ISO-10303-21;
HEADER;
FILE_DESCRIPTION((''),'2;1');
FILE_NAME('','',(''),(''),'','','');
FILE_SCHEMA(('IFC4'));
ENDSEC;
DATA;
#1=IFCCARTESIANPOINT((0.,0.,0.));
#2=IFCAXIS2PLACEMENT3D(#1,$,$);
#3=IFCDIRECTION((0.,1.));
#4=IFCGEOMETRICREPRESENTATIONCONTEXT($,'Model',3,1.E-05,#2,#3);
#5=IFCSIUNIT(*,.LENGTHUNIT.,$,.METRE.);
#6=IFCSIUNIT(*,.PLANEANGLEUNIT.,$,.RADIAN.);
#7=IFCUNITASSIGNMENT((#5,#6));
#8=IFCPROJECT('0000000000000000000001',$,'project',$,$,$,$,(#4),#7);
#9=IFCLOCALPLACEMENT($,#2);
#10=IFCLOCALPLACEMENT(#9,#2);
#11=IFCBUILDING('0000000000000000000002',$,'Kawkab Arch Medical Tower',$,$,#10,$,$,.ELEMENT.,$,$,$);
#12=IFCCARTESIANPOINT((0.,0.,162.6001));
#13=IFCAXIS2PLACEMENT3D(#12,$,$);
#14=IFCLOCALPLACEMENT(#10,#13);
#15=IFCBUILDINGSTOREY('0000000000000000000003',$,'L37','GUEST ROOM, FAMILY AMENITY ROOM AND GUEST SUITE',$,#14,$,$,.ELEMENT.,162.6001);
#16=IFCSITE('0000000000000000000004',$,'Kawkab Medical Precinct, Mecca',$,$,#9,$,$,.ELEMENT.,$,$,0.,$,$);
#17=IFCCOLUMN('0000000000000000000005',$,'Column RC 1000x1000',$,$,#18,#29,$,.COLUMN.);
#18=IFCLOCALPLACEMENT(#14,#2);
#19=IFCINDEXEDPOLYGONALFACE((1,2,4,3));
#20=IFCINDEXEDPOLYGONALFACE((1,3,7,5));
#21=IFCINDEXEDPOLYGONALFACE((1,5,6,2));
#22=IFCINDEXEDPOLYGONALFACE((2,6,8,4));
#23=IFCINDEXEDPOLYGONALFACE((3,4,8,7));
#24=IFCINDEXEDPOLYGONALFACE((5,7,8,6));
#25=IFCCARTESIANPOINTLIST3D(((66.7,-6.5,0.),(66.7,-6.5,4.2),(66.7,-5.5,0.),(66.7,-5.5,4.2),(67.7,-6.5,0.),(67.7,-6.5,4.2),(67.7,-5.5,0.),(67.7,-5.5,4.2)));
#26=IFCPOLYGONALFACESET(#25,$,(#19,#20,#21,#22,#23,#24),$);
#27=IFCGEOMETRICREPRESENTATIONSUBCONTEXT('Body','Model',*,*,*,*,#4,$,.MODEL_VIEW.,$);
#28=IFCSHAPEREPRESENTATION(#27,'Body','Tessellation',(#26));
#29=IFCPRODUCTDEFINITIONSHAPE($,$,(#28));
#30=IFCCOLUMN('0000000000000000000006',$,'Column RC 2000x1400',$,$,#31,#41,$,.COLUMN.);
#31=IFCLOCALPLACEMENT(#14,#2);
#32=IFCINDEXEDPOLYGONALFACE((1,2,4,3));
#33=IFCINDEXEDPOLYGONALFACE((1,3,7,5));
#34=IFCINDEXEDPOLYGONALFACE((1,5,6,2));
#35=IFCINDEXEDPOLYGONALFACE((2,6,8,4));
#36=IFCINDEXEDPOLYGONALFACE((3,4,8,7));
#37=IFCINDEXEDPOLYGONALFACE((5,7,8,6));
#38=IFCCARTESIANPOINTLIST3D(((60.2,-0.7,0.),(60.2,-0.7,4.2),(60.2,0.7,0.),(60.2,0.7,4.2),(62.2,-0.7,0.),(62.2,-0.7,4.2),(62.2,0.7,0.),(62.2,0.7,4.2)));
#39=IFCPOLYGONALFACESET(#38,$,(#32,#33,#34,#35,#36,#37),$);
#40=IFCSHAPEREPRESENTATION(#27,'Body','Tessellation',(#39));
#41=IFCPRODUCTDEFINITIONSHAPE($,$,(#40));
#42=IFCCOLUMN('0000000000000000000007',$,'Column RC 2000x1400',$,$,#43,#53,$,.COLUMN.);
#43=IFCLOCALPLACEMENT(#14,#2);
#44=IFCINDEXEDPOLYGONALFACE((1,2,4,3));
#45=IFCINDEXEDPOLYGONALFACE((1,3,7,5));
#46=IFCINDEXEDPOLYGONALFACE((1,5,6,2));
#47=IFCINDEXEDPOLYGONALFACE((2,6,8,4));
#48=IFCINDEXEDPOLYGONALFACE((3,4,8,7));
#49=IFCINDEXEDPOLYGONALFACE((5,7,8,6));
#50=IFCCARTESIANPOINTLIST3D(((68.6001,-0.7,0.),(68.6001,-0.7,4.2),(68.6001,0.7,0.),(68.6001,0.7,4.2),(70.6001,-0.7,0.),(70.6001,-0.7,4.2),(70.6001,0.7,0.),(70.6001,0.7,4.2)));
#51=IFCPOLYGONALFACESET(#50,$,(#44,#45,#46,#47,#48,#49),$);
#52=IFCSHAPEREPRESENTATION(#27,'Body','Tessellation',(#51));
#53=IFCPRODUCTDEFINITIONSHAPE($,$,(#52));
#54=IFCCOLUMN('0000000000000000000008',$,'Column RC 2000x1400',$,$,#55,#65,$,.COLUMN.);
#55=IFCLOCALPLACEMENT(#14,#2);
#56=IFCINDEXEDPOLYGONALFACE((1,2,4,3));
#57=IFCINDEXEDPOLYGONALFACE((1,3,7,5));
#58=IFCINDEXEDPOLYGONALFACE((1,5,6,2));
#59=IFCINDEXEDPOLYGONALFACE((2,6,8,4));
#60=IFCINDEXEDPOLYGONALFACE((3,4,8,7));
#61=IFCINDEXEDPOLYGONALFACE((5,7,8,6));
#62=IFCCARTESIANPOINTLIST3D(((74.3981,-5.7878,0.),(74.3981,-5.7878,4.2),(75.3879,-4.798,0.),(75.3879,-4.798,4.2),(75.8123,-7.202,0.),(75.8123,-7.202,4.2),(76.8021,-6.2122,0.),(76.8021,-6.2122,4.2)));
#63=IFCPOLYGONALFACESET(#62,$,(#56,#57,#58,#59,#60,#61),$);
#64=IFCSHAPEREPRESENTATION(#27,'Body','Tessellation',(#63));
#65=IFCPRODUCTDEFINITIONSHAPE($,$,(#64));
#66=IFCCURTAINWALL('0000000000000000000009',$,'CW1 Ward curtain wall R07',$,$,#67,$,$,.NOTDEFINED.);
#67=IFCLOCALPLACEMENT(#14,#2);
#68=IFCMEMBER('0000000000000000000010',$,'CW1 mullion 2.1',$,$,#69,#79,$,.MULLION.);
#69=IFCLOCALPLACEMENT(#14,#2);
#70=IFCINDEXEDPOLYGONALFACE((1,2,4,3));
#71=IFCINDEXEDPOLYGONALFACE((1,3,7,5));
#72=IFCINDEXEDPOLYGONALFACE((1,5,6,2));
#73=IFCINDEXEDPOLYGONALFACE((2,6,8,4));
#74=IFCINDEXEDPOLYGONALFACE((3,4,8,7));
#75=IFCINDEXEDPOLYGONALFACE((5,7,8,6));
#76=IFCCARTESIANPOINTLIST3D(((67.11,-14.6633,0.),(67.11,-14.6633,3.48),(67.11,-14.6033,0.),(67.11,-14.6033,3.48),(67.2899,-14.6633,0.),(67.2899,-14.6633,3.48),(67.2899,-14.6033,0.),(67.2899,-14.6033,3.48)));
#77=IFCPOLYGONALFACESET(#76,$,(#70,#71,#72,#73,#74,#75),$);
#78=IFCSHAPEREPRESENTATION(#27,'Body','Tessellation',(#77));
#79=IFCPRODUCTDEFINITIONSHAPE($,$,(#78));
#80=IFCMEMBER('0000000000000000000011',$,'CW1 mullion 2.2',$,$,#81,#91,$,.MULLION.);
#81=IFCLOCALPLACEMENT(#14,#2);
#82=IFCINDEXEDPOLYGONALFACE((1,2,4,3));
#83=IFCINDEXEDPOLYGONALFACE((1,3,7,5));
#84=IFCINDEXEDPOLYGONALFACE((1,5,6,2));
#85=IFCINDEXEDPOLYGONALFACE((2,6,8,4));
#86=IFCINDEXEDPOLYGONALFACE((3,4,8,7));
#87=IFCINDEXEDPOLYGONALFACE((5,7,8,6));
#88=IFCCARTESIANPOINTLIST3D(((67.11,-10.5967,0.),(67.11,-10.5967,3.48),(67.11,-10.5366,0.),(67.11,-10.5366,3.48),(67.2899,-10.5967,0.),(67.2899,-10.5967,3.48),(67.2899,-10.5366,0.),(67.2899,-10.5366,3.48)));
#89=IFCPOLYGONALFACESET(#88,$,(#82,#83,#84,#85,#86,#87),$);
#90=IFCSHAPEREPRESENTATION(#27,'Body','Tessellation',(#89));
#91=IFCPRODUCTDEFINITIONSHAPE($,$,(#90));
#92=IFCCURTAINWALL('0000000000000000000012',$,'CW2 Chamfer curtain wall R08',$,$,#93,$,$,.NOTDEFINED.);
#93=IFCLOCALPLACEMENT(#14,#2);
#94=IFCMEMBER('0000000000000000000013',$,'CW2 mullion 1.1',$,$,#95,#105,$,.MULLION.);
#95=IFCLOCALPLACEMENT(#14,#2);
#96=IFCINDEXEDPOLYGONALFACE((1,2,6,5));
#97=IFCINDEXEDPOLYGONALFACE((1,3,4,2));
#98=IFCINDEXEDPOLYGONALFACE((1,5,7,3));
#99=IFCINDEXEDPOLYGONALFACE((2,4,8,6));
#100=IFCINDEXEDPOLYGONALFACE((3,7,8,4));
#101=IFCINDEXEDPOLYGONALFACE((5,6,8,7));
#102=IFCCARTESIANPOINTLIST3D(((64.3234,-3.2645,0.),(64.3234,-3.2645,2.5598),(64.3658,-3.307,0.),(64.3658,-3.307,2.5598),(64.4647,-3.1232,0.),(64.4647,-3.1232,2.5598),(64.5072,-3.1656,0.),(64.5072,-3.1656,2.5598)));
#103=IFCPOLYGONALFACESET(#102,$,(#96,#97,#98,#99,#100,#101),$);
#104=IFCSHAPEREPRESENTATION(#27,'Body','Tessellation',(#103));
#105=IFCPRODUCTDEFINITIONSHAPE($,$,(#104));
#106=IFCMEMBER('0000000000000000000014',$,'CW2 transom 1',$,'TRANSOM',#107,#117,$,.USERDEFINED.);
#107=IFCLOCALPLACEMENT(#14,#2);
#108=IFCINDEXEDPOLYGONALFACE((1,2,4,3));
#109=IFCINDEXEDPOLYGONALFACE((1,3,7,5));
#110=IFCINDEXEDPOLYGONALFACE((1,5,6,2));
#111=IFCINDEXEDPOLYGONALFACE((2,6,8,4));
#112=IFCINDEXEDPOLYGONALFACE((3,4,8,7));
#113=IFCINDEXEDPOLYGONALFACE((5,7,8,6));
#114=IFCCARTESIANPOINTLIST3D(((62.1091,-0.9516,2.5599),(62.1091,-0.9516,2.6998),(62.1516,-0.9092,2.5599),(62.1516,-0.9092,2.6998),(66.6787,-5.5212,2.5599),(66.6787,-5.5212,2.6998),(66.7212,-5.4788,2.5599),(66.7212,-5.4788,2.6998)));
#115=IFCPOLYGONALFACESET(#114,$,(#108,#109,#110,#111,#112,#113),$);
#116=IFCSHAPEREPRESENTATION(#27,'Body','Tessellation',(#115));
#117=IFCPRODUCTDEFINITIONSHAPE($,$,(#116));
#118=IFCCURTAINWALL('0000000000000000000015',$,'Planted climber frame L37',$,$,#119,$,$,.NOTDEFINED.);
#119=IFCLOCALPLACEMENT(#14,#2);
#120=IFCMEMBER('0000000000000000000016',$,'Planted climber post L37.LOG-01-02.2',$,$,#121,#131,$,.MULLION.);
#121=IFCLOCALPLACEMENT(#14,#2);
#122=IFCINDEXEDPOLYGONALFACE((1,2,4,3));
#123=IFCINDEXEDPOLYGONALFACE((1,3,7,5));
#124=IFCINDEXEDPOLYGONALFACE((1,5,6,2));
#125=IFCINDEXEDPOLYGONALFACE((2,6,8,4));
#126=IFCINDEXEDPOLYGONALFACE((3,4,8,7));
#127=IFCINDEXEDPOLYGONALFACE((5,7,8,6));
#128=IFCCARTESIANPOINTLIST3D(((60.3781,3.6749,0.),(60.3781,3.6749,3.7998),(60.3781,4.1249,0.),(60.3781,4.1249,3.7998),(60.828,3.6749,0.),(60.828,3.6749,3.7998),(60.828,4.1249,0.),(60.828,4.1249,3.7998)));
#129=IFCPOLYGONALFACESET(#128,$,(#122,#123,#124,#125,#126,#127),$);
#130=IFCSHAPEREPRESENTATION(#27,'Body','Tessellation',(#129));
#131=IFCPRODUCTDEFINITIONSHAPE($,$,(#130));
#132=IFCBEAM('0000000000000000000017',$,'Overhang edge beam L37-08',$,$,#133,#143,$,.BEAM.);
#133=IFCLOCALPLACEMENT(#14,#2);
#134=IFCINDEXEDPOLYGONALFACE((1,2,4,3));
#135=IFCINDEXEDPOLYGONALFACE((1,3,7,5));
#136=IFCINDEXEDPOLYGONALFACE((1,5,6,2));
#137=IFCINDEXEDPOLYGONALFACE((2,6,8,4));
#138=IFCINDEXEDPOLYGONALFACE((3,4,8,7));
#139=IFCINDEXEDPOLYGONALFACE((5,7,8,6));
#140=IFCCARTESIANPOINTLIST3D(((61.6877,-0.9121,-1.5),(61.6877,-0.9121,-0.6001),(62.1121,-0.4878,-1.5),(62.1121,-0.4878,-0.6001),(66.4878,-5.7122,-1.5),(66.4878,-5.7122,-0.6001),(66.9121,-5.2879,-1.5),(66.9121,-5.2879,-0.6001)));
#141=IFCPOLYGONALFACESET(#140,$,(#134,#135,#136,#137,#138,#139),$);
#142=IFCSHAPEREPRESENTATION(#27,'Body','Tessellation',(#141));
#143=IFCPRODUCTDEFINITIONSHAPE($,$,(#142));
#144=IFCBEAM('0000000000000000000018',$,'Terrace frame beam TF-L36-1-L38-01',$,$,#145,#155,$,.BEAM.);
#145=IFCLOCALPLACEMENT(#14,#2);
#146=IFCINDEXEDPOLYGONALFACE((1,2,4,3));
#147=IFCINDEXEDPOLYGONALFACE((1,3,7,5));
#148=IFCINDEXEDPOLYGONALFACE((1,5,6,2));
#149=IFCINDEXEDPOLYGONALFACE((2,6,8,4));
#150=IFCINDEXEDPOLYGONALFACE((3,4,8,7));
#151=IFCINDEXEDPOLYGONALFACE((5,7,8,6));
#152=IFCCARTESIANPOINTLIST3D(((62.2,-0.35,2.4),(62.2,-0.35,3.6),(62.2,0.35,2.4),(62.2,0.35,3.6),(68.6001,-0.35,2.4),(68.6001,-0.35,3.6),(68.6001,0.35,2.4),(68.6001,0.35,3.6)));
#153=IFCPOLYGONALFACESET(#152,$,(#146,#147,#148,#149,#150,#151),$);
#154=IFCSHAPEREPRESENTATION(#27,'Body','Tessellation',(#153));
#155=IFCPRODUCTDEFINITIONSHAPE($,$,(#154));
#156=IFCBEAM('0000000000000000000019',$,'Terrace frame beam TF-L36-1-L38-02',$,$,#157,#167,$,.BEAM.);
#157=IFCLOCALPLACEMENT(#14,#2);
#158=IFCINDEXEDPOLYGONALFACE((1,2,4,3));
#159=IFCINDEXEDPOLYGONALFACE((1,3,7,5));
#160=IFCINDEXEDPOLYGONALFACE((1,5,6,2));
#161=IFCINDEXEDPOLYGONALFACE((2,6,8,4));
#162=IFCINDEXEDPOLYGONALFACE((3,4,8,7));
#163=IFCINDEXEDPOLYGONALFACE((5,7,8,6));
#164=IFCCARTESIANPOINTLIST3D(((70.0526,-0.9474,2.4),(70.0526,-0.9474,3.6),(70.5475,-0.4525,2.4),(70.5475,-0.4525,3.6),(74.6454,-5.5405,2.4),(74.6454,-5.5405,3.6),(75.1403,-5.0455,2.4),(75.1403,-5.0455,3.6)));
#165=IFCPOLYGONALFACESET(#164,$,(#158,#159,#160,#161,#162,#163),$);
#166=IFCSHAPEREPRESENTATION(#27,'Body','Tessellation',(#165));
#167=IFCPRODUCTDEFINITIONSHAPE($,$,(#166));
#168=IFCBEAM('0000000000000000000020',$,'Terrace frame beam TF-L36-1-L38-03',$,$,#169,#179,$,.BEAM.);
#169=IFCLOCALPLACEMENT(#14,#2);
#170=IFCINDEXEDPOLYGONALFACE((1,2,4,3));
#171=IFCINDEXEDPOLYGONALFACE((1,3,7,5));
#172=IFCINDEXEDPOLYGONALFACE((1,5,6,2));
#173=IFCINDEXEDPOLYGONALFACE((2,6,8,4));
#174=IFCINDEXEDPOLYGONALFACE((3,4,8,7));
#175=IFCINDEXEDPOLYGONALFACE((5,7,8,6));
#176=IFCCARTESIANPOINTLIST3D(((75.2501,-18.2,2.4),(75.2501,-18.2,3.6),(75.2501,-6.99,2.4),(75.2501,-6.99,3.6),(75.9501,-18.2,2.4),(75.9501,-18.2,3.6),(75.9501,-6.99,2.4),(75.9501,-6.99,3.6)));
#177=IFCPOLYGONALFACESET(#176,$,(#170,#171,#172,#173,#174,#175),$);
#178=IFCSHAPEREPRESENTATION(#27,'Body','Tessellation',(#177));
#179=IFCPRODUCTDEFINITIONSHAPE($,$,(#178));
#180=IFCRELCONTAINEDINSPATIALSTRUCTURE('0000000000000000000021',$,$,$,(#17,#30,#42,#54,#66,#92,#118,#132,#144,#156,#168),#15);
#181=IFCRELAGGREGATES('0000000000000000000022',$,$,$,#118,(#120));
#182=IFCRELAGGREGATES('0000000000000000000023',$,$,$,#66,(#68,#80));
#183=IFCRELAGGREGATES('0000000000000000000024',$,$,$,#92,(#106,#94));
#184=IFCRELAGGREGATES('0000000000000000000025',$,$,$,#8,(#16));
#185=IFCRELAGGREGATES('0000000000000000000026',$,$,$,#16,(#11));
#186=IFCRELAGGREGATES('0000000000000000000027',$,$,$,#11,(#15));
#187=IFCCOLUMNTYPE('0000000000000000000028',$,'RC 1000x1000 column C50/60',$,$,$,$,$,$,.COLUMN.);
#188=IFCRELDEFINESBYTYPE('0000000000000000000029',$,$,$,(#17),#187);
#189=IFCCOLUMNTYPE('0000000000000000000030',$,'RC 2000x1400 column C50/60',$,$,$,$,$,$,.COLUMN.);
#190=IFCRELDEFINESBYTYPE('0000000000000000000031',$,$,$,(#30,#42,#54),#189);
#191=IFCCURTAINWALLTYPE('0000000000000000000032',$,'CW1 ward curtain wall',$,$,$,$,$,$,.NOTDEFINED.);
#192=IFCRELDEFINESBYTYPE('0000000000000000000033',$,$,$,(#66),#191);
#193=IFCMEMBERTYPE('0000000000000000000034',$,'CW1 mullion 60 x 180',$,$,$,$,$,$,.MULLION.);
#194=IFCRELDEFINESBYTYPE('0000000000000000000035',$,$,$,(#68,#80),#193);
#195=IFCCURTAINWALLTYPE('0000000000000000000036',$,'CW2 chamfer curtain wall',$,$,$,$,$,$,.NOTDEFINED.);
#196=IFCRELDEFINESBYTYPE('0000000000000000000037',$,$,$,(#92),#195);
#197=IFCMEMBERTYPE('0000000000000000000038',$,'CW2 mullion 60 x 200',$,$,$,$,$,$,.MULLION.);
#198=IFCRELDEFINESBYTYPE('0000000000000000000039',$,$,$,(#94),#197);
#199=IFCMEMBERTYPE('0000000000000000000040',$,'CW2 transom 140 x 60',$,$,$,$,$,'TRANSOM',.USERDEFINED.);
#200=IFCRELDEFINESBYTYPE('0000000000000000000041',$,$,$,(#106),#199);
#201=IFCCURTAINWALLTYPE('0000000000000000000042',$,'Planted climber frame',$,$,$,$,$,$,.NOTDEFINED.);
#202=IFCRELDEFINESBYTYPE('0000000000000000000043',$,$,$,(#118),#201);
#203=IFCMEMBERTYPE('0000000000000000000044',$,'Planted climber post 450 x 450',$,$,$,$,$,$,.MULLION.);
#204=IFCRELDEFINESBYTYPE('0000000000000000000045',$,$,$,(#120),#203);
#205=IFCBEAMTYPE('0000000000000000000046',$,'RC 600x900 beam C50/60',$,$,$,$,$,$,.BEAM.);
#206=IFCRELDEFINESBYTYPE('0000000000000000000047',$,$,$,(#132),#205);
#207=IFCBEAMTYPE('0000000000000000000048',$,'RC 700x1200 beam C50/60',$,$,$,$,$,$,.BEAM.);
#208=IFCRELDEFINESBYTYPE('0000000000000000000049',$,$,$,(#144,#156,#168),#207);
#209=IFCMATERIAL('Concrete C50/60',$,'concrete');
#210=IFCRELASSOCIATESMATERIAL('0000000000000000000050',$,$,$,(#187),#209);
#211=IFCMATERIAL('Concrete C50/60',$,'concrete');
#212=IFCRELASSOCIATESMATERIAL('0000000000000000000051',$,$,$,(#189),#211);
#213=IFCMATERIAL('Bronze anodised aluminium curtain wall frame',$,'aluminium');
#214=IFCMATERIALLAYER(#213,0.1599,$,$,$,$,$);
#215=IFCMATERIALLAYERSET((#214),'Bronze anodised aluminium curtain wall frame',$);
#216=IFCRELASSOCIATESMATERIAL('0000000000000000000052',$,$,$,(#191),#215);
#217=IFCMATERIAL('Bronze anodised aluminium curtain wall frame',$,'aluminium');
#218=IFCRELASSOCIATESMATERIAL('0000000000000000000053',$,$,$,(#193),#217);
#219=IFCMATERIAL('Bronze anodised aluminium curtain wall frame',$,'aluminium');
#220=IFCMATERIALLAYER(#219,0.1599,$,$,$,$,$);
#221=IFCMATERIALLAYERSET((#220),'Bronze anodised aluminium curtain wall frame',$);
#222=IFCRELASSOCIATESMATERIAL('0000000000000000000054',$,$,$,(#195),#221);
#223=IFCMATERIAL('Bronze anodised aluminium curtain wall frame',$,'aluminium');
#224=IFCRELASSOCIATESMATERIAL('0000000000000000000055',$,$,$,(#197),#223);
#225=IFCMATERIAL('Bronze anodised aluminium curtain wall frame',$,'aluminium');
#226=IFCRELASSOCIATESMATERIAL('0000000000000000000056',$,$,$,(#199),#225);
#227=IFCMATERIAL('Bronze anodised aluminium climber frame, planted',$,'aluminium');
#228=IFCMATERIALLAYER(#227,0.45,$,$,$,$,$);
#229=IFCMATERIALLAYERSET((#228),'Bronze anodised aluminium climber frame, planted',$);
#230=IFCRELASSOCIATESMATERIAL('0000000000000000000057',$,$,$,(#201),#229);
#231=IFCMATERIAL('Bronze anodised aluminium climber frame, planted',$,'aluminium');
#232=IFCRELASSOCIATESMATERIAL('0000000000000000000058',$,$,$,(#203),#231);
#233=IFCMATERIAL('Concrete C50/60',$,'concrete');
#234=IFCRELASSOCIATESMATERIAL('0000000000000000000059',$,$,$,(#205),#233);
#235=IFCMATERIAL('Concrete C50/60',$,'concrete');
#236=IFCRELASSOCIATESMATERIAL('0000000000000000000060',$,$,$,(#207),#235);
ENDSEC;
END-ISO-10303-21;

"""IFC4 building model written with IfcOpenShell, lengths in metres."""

from ifc_helpers import new_model, si_unit, direction, frame, origin, origin_2d, place, context, subcontext, project, spatial, rectangle, extrude, material, layer, layer_set, material_profile, profile_set, type_object, element, aggregate, save


model = new_model("IFC4")

# Units and contexts
model_context = context("Model", 3, precision=1e-05, world=origin(), true_north=direction((0.0, 1.0)))
body_context = subcontext(model_context, "Body", "Model", "MODEL_VIEW")
ifc_project = project(units=[si_unit("LENGTHUNIT", "METRE"), si_unit("PLANEANGLEUNIT", "RADIAN")], contexts=[model_context])

# Site, building, storey
site_placement = place(None, origin())
site = spatial("IfcSite", under=ifc_project, at=site_placement, Name="Kawkab Medical Precinct, Mecca", CompositionType="ELEMENT", RefElevation=0.0)
building_placement = place(site_placement, origin())
building = spatial("IfcBuilding", under=site, at=building_placement, Name="Kawkab Arch Medical Tower", CompositionType="ELEMENT")
storey_placement = place(building_placement, frame((0.0, 0.0, 162.6001)))
storey = spatial("IfcBuildingStorey", under=building, at=storey_placement, Name="L37", Description="GUEST ROOM, FAMILY AMENITY ROOM AND GUEST SUITE", CompositionType="ELEMENT", Elevation=162.6001)

# Columns
ifc_material_1 = material(Name="Concrete C50/60", Category="concrete")
ifc_material_profile_1 = material_profile(ifc_material_1, rectangle(XDim=1.0, YDim=1.0, at=origin_2d()), Name="RC 1000x1000")
ifc_profile_set_1 = profile_set([ifc_material_profile_1], Name="Concrete C50/60")
column_type_1 = type_object("IfcColumnType", Name="RC 1000x1000 column C50/60", PredefinedType="COLUMN", material=ifc_profile_set_1)
column_placement = place(storey_placement, frame((67.2, -6.0, 0.0), z_axis=(0.0, 0.0, 1.0), x_axis=(1.0, 0.0, 0.0)))
element("IfcColumn", 1, at=column_placement, inside=storey, type_object=column_type_1, Name="Column RC 1000x1000", PredefinedType="COLUMN", context=body_context, shape_type="SweptSolid", body=[
    extrude(rectangle(XDim=1.0, YDim=1.0, at=origin_2d()), origin(), (0.0, 0.0, 1.0), 4.2),
])
ifc_material_2 = material(Name="Concrete C50/60", Category="concrete")
ifc_material_profile_2 = material_profile(ifc_material_2, rectangle(XDim=2.0, YDim=1.3999, at=origin_2d()), Name="RC 2000x1400")
ifc_profile_set_2 = profile_set([ifc_material_profile_2], Name="Concrete C50/60")
column_type_2 = type_object("IfcColumnType", Name="RC 2000x1400 column C50/60", PredefinedType="COLUMN", material=ifc_profile_set_2)
for number, where, z_axis, x_axis, name in (
    (2, (61.2, 0.0, 0.0), (0.0, 0.0, 1.0), (1.0, 0.0, 0.0), "Column RC 2000x1400"),
    (3, (69.6001, 0.0, 0.0), (0.0, 0.0, 1.0), (1.0, 0.0, 0.0), "Column RC 2000x1400"),
    (4, (75.6001, -6.0, 0.0), (0.0, 0.0, 1.0), (0.707107, -0.707107, 0.0), "Column RC 2000x1400"),
):
    element("IfcColumn", number, at=place(storey_placement, frame(where, z_axis=z_axis, x_axis=x_axis)), inside=storey, type_object=column_type_2, Name=name, PredefinedType="COLUMN", context=body_context, shape_type="SweptSolid", body=[
        extrude(rectangle(XDim=2.0, YDim=1.3999, at=origin_2d()), origin(), (0.0, 0.0, 1.0), 4.2),
    ])

# Curtain walls, members
ifc_material_3 = material(Name="Bronze anodised aluminium curtain wall frame", Category="aluminium")
ifc_layer_1 = layer(ifc_material_3, 0.1599)
ifc_layer_set_1 = layer_set([ifc_layer_1], Name="Bronze anodised aluminium curtain wall frame")
curtain_wall_type_1 = type_object("IfcCurtainWallType", Name="CW1 ward curtain wall", PredefinedType="NOTDEFINED", material=ifc_layer_set_1)
placement = place(storey_placement, origin())
curtain_wall_1 = element("IfcCurtainWall", 5, at=placement, inside=storey, type_object=curtain_wall_type_1, Name="CW1 Ward curtain wall R07", PredefinedType="NOTDEFINED")
ifc_material_4 = material(Name="Bronze anodised aluminium curtain wall frame", Category="aluminium")
ifc_material_profile_3 = material_profile(ifc_material_4, rectangle(XDim=0.1799, YDim=0.0601, at=origin_2d()), Name="AL 60x180")
ifc_profile_set_3 = profile_set([ifc_material_profile_3], Name="Bronze anodised aluminium curtain wall frame")
member_type_1 = type_object("IfcMemberType", Name="CW1 mullion 60 x 180", PredefinedType="MULLION", material=ifc_profile_set_3)
member_1_placement = place(storey_placement, frame((67.2, -14.6333, 0.0), z_axis=(0.0, 0.0, 1.0), x_axis=(-1.0, 0.0, 0.0)))
member_1 = element("IfcMember", 6, at=member_1_placement, type_object=member_type_1, Name="CW1 mullion 2.1", PredefinedType="MULLION", context=body_context, shape_type="SweptSolid", body=[
    extrude(rectangle(XDim=0.1799, YDim=0.0601, at=origin_2d()), origin(), (0.0, 0.0, 1.0), 3.48),
])
member_2_placement = place(storey_placement, frame((67.2, -10.5667, 0.0), z_axis=(0.0, 0.0, 1.0), x_axis=(-1.0, 0.0, 0.0)))
member_2 = element("IfcMember", 7, at=member_2_placement, type_object=member_type_1, Name="CW1 mullion 2.2", PredefinedType="MULLION", context=body_context, shape_type="SweptSolid", body=[
    extrude(rectangle(XDim=0.1799, YDim=0.0601, at=origin_2d()), origin(), (0.0, 0.0, 1.0), 3.48),
])
ifc_material_5 = material(Name="Bronze anodised aluminium curtain wall frame", Category="aluminium")
ifc_layer_2 = layer(ifc_material_5, 0.1599)
ifc_layer_set_2 = layer_set([ifc_layer_2], Name="Bronze anodised aluminium curtain wall frame")
curtain_wall_type_2 = type_object("IfcCurtainWallType", Name="CW2 chamfer curtain wall", PredefinedType="NOTDEFINED", material=ifc_layer_set_2)
curtain_wall_2 = element("IfcCurtainWall", 8, at=placement, inside=storey, type_object=curtain_wall_type_2, Name="CW2 Chamfer curtain wall R08", PredefinedType="NOTDEFINED")
ifc_material_6 = material(Name="Bronze anodised aluminium curtain wall frame", Category="aluminium")
ifc_material_profile_4 = material_profile(ifc_material_6, rectangle(XDim=0.2, YDim=0.0601, at=origin_2d()), Name="AL 60x200")
ifc_profile_set_4 = profile_set([ifc_material_profile_4], Name="Bronze anodised aluminium curtain wall frame")
member_type_2 = type_object("IfcMemberType", Name="CW2 mullion 60 x 200", PredefinedType="MULLION", material=ifc_profile_set_4)
member_3_placement = place(storey_placement, frame((64.4153, -3.2151, 0.0), z_axis=(0.0, 0.0, 1.0), x_axis=(-0.707107, -0.707107, 0.0)))
member_3 = element("IfcMember", 9, at=member_3_placement, type_object=member_type_2, Name="CW2 mullion 1.1", PredefinedType="MULLION", context=body_context, shape_type="SweptSolid", body=[
    extrude(rectangle(XDim=0.2, YDim=0.0601, at=origin_2d()), origin(), (0.0, 0.0, 1.0), 2.5598),
])
ifc_material_7 = material(Name="Bronze anodised aluminium curtain wall frame", Category="aluminium")
ifc_material_profile_5 = material_profile(ifc_material_7, rectangle(XDim=0.0601, YDim=0.1399, at=origin_2d()), Name="AL 60x140")
ifc_profile_set_5 = profile_set([ifc_material_profile_5], Name="Bronze anodised aluminium curtain wall frame")
member_type_3 = type_object("IfcMemberType", Name="CW2 transom 140 x 60", ElementType="TRANSOM", PredefinedType="USERDEFINED", material=ifc_profile_set_5)
member_4_placement = place(storey_placement, frame((66.7, -5.5, 2.6299), z_axis=(-0.707107, 0.707107, 0.0), x_axis=(-0.707107, -0.707107, 0.0)))
member_4 = element("IfcMember", 10, at=member_4_placement, type_object=member_type_3, Name="CW2 transom 1", ObjectType="TRANSOM", PredefinedType="USERDEFINED", context=body_context, shape_type="SweptSolid", body=[
    extrude(rectangle(XDim=0.0601, YDim=0.1399, at=origin_2d()), origin(), (0.0, 0.0, 1.0), 6.4624),
])

# Curtain wall, member
ifc_material_8 = material(Name="Bronze anodised aluminium climber frame, planted", Category="aluminium")
ifc_layer_3 = layer(ifc_material_8, 0.45)
ifc_layer_set_3 = layer_set([ifc_layer_3], Name="Bronze anodised aluminium climber frame, planted")
curtain_wall_type_3 = type_object("IfcCurtainWallType", Name="Planted climber frame", PredefinedType="NOTDEFINED", material=ifc_layer_set_3)
curtain_wall_3 = element("IfcCurtainWall", 11, at=placement, inside=storey, type_object=curtain_wall_type_3, Name="Planted climber frame L37", PredefinedType="NOTDEFINED")
ifc_material_9 = material(Name="Bronze anodised aluminium climber frame, planted", Category="aluminium")
ifc_material_profile_6 = material_profile(ifc_material_9, rectangle(XDim=0.45, YDim=0.45, at=origin_2d()), Name="Post 450x450")
ifc_profile_set_6 = profile_set([ifc_material_profile_6], Name="Bronze anodised aluminium climber frame, planted")
member_type_4 = type_object("IfcMemberType", Name="Planted climber post 450 x 450", PredefinedType="MULLION", material=ifc_profile_set_6)
member_5_placement = place(storey_placement, frame((60.603, 3.8999, 0.0), z_axis=(0.0, 0.0, 1.0), x_axis=(1.0, 0.0, 0.0)))
member_5 = element("IfcMember", 12, at=member_5_placement, type_object=member_type_4, Name="Planted climber post L37.LOG-01-02.2", PredefinedType="MULLION", context=body_context, shape_type="SweptSolid", body=[
    extrude(rectangle(XDim=0.45, YDim=0.45, at=origin_2d()), origin(), (0.0, 0.0, 1.0), 3.7998),
])
aggregate(curtain_wall_3, [member_5])

# Beams
ifc_material_10 = material(Name="Concrete C50/60", Category="concrete")
ifc_material_profile_7 = material_profile(ifc_material_10, rectangle(XDim=0.6001, YDim=0.8999, at=origin_2d()), Name="RC 600x900")
ifc_profile_set_7 = profile_set([ifc_material_profile_7], Name="Concrete C50/60")
beam_type_1 = type_object("IfcBeamType", Name="RC 600x900 beam C50/60", PredefinedType="BEAM", material=ifc_profile_set_7)
beam_1_placement = place(storey_placement, frame((61.8999, -0.7, -1.05), z_axis=(0.707107, -0.707107, 0.0), x_axis=(0.707107, 0.707107, 0.0)))
element("IfcBeam", 13, at=beam_1_placement, inside=storey, type_object=beam_type_1, Name="Overhang edge beam L37-08", PredefinedType="BEAM", context=body_context, shape_type="SweptSolid", body=[
    extrude(rectangle(XDim=0.6001, YDim=0.8999, at=origin_2d()), origin(), (0.0, 0.0, 1.0), 6.7883),
])
ifc_material_11 = material(Name="Concrete C50/60", Category="concrete")
ifc_material_profile_8 = material_profile(ifc_material_11, rectangle(XDim=0.7, YDim=1.2, at=origin_2d()), Name="RC 700x1200")
ifc_profile_set_8 = profile_set([ifc_material_profile_8], Name="Concrete C50/60")
beam_type_2 = type_object("IfcBeamType", Name="RC 700x1200 beam C50/60", PredefinedType="BEAM", material=ifc_profile_set_8)
beam_2_placement = place(storey_placement, frame((62.2, 0.0, 3.0), z_axis=(1.0, 0.0, 0.0), x_axis=(0.0, 1.0, 0.0)))
element("IfcBeam", 14, at=beam_2_placement, inside=storey, type_object=beam_type_2, Name="Terrace frame beam TF-L36-1-L38-01", PredefinedType="BEAM", context=body_context, shape_type="SweptSolid", body=[
    extrude(rectangle(XDim=0.7, YDim=1.2, at=origin_2d()), origin(), (0.0, 0.0, 1.0), 6.4001),
])
beam_3_placement = place(storey_placement, frame((70.3, -0.7, 3.0), z_axis=(0.707088, -0.707126, 0.0), x_axis=(0.707126, 0.707088, 0.0)))
element("IfcBeam", 15, at=beam_3_placement, inside=storey, type_object=beam_type_2, Name="Terrace frame beam TF-L36-1-L38-02", PredefinedType="BEAM", context=body_context, shape_type="SweptSolid", body=[
    extrude(rectangle(XDim=0.7, YDim=1.2, at=origin_2d()), origin(), (0.0, 0.0, 1.0), 6.4954),
])
beam_4_placement = place(storey_placement, frame((75.6001, -6.99, 3.0), z_axis=(0.0, -1.0, 0.0), x_axis=(1.0, 0.0, 0.0)))
element("IfcBeam", 16, at=beam_4_placement, inside=storey, type_object=beam_type_2, Name="Terrace frame beam TF-L36-1-L38-03", PredefinedType="BEAM", context=body_context, shape_type="SweptSolid", body=[
    extrude(rectangle(XDim=0.7, YDim=1.2, at=origin_2d()), origin(), (0.0, 0.0, 1.0), 11.21),
])

aggregate(curtain_wall_1, [member_1, member_2])
aggregate(curtain_wall_2, [member_4, member_3])

save(model, "model.ifc")
